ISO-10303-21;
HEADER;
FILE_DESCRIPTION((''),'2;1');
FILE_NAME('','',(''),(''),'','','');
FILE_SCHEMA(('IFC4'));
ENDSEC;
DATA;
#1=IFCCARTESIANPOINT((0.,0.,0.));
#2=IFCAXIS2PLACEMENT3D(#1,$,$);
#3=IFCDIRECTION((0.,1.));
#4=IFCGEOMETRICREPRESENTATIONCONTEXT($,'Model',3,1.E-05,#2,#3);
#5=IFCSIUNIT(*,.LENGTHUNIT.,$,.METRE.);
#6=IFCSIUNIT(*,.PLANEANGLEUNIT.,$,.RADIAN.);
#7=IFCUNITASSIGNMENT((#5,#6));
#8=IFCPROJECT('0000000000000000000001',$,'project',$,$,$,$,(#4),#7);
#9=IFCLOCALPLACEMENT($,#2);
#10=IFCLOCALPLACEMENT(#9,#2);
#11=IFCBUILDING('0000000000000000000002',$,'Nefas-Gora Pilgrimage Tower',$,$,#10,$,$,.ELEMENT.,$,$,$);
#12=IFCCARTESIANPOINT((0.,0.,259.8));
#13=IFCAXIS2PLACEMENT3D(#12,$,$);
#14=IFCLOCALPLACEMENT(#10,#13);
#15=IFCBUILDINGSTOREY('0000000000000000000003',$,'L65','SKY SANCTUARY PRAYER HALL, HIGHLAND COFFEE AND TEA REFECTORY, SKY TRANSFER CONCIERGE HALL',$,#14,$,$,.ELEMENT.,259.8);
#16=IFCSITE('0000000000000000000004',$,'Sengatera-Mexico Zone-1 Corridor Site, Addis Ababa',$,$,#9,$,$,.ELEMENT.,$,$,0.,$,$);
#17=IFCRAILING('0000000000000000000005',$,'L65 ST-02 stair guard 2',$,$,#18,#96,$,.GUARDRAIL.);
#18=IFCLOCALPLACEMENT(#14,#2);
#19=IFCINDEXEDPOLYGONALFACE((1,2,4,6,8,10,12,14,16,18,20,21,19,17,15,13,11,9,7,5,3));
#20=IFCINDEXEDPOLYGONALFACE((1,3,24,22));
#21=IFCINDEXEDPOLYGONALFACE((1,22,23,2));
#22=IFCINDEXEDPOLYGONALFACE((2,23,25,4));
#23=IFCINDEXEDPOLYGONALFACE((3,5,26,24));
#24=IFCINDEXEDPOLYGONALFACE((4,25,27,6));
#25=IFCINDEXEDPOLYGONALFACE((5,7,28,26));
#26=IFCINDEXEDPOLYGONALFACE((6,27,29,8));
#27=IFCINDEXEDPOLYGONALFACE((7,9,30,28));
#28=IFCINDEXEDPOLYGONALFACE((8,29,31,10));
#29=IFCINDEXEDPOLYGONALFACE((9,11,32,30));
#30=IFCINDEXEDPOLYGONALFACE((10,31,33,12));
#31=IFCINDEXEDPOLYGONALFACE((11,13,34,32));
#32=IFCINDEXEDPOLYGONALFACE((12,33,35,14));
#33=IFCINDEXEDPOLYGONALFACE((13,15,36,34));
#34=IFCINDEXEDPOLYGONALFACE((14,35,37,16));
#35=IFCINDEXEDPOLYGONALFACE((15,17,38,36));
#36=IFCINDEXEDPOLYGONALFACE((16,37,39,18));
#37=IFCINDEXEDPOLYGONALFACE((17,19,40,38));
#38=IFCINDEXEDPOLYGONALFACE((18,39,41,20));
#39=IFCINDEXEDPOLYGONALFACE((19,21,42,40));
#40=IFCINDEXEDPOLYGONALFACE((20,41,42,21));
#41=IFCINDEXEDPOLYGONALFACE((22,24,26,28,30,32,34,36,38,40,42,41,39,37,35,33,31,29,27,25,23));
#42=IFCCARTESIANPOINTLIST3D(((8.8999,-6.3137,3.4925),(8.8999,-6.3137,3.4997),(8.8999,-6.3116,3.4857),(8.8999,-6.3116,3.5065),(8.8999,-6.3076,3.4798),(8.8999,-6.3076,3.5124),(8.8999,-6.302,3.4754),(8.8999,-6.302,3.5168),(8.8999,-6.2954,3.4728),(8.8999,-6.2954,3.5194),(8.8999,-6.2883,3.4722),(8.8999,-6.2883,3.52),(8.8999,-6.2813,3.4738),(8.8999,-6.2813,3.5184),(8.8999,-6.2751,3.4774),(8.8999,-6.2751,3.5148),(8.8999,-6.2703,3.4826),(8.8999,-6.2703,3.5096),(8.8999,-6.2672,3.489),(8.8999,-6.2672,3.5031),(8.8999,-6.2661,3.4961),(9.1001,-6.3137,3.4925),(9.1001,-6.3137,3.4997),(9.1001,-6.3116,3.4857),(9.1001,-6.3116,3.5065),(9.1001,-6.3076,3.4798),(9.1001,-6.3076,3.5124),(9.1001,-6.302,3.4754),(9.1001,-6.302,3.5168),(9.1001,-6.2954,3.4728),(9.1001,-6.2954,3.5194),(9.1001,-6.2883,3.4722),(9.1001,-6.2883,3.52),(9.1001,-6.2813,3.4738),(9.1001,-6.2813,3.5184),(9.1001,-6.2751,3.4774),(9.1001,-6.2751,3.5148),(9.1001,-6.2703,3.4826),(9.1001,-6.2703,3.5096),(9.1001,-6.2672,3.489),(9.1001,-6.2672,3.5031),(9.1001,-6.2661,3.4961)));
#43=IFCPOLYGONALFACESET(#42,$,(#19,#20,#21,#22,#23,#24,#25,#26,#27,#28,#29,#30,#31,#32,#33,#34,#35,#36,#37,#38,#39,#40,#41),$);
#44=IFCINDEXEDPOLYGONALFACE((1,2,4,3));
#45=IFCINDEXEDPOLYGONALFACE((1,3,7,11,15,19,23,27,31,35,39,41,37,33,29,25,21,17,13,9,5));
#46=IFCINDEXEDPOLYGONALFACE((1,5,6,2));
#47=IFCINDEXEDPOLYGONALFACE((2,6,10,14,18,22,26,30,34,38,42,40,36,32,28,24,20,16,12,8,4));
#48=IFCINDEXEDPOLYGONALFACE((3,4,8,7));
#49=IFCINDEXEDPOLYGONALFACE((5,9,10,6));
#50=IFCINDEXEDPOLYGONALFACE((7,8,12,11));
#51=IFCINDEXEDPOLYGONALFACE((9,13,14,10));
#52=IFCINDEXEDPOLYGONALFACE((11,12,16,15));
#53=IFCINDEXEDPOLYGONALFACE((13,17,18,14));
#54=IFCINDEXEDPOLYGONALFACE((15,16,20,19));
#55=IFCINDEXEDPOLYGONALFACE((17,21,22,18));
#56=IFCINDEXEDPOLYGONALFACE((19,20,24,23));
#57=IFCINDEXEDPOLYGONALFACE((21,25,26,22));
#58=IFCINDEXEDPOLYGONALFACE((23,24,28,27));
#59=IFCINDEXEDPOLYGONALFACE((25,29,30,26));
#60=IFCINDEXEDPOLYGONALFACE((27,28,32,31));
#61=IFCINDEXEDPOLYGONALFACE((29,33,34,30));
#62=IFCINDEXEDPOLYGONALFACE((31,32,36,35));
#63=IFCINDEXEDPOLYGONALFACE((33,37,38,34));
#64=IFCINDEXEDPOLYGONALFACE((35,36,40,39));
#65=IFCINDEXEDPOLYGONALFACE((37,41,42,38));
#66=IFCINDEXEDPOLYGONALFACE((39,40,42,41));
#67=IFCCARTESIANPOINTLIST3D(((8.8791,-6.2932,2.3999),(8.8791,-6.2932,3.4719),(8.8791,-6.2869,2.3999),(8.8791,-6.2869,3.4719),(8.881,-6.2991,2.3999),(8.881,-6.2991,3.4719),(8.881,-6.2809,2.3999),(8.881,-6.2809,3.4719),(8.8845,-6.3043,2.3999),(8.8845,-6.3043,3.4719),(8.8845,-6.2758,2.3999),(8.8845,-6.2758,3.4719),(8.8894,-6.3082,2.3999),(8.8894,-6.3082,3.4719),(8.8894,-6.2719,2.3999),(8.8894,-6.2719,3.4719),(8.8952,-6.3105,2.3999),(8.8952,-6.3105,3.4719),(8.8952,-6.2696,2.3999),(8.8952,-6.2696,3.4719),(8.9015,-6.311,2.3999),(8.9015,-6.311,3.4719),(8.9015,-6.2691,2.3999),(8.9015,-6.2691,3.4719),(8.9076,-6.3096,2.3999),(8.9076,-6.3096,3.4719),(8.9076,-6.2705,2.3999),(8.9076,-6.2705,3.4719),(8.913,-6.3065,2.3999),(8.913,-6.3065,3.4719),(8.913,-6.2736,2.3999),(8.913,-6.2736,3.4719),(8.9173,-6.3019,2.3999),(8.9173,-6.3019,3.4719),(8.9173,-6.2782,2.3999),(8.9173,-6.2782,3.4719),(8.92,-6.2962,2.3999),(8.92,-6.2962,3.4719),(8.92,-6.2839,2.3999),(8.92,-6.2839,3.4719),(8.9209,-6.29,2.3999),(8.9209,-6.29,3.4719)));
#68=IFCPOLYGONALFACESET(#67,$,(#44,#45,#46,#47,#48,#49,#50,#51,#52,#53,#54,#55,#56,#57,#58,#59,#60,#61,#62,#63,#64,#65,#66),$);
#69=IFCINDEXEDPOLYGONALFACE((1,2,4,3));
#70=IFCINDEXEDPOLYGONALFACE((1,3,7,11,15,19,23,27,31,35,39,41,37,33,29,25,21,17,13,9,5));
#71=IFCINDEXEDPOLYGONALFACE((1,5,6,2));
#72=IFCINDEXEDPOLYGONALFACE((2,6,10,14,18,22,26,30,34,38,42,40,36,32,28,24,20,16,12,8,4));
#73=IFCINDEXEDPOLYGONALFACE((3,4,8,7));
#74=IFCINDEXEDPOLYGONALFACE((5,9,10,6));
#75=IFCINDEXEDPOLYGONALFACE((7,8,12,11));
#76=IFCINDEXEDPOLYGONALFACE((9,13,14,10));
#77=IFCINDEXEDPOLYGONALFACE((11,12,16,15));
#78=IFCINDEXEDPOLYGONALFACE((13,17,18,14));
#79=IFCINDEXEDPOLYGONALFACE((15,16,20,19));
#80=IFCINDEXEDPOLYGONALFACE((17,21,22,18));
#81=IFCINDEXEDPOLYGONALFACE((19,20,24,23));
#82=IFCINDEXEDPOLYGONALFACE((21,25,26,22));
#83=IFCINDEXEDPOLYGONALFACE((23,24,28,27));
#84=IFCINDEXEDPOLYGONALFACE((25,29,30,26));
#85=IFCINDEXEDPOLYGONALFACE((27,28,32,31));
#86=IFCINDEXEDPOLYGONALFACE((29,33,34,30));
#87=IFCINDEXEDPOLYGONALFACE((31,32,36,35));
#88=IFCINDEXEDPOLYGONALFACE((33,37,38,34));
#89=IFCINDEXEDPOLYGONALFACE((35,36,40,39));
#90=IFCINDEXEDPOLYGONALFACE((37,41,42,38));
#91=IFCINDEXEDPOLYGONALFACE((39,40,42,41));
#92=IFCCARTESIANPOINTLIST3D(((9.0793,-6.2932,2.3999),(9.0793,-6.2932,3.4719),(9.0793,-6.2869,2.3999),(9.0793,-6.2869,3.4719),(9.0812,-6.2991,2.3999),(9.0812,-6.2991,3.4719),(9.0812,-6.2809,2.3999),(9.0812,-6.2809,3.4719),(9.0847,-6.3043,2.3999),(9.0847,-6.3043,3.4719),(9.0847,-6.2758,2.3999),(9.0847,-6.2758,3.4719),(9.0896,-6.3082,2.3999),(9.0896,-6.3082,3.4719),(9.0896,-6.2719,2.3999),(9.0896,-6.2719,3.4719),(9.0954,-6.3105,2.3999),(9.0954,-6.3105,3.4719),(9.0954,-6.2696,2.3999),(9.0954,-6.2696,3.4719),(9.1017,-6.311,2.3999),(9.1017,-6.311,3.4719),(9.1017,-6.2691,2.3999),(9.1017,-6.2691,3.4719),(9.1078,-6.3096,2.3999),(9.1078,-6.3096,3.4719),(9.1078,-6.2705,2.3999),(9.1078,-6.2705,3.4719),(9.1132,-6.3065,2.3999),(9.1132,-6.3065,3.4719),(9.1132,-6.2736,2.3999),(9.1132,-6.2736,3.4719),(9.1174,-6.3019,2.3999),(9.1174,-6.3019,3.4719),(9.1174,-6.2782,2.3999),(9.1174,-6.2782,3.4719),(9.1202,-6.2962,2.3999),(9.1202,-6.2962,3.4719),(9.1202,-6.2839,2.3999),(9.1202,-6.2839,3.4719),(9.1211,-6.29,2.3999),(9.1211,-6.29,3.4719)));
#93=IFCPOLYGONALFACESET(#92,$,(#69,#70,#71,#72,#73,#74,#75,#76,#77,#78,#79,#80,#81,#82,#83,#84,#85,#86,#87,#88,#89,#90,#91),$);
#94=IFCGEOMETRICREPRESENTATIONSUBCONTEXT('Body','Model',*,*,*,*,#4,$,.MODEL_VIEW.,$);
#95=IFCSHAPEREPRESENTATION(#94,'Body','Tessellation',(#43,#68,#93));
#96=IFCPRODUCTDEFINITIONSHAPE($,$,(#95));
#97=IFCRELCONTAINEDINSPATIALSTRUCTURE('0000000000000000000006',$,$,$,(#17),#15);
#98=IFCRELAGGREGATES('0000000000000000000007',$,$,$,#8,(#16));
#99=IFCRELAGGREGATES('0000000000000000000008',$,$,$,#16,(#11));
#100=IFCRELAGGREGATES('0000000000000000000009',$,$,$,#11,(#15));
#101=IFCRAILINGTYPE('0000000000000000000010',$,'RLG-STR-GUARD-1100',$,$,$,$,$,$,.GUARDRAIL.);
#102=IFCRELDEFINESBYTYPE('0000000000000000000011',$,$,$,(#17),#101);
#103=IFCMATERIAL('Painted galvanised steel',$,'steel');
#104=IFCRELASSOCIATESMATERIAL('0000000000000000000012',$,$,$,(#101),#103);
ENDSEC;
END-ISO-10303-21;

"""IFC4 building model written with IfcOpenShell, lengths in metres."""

from ifc_helpers import new_model, si_unit, direction, frame, origin, origin_2d, place, context, subcontext, project, spatial, circle, extrude, material, type_object, element, save


model = new_model("IFC4")

# Units and contexts
model_context = context("Model", 3, precision=1e-05, world=origin(), true_north=direction((0.0, 1.0)))
body_context = subcontext(model_context, "Body", "Model", "MODEL_VIEW")
ifc_project = project(units=[si_unit("LENGTHUNIT", "METRE"), si_unit("PLANEANGLEUNIT", "RADIAN")], contexts=[model_context])

# Site, building, storey
site_placement = place(None, origin())
site = spatial("IfcSite", under=ifc_project, at=site_placement, Name="Sengatera-Mexico Zone-1 Corridor Site, Addis Ababa", CompositionType="ELEMENT", RefElevation=0.0)
building_placement = place(site_placement, origin())
building = spatial("IfcBuilding", under=site, at=building_placement, Name="Nefas-Gora Pilgrimage Tower", CompositionType="ELEMENT")
storey_placement = place(building_placement, frame((0.0, 0.0, 259.8)))
storey = spatial("IfcBuildingStorey", under=building, at=storey_placement, Name="L65", Description="SKY SANCTUARY PRAYER HALL, HIGHLAND COFFEE AND TEA REFECTORY, SKY TRANSFER CONCIERGE HALL", CompositionType="ELEMENT", Elevation=259.8)

# Railing
ifc_material_1 = material(Name="Painted galvanised steel", Category="steel")
railing_type_1 = type_object("IfcRailingType", Name="RLG-STR-GUARD-1100", PredefinedType="GUARDRAIL", material=ifc_material_1)
railing_1_placement = place(storey_placement, frame((8.8999, -6.29, 2.3999)))
element("IfcRailing", 1, at=railing_1_placement, inside=storey, type_object=railing_type_1, Name="L65 ST-02 stair guard 2", PredefinedType="GUARDRAIL", context=body_context, shape_type="SweptSolid", body=[
    extrude(circle(Radius=0.0239, at=origin_2d()), frame((0.0, 0.0, 1.0962), z_axis=(1.0, 0.0, 0.0), x_axis=(0.0, 1.0, 0.0)), (0.0, 0.0, 1.0), 0.2002),
    extrude(circle(Radius=0.021, at=origin_2d()), origin(), (0.0, 0.0, 1.0), 1.072),
    extrude(circle(Radius=0.021, at=origin_2d()), frame((0.2002, 0.0, 0.0)), (0.0, 0.0, 1.0), 1.072),
])

save(model, "model.ifc")
